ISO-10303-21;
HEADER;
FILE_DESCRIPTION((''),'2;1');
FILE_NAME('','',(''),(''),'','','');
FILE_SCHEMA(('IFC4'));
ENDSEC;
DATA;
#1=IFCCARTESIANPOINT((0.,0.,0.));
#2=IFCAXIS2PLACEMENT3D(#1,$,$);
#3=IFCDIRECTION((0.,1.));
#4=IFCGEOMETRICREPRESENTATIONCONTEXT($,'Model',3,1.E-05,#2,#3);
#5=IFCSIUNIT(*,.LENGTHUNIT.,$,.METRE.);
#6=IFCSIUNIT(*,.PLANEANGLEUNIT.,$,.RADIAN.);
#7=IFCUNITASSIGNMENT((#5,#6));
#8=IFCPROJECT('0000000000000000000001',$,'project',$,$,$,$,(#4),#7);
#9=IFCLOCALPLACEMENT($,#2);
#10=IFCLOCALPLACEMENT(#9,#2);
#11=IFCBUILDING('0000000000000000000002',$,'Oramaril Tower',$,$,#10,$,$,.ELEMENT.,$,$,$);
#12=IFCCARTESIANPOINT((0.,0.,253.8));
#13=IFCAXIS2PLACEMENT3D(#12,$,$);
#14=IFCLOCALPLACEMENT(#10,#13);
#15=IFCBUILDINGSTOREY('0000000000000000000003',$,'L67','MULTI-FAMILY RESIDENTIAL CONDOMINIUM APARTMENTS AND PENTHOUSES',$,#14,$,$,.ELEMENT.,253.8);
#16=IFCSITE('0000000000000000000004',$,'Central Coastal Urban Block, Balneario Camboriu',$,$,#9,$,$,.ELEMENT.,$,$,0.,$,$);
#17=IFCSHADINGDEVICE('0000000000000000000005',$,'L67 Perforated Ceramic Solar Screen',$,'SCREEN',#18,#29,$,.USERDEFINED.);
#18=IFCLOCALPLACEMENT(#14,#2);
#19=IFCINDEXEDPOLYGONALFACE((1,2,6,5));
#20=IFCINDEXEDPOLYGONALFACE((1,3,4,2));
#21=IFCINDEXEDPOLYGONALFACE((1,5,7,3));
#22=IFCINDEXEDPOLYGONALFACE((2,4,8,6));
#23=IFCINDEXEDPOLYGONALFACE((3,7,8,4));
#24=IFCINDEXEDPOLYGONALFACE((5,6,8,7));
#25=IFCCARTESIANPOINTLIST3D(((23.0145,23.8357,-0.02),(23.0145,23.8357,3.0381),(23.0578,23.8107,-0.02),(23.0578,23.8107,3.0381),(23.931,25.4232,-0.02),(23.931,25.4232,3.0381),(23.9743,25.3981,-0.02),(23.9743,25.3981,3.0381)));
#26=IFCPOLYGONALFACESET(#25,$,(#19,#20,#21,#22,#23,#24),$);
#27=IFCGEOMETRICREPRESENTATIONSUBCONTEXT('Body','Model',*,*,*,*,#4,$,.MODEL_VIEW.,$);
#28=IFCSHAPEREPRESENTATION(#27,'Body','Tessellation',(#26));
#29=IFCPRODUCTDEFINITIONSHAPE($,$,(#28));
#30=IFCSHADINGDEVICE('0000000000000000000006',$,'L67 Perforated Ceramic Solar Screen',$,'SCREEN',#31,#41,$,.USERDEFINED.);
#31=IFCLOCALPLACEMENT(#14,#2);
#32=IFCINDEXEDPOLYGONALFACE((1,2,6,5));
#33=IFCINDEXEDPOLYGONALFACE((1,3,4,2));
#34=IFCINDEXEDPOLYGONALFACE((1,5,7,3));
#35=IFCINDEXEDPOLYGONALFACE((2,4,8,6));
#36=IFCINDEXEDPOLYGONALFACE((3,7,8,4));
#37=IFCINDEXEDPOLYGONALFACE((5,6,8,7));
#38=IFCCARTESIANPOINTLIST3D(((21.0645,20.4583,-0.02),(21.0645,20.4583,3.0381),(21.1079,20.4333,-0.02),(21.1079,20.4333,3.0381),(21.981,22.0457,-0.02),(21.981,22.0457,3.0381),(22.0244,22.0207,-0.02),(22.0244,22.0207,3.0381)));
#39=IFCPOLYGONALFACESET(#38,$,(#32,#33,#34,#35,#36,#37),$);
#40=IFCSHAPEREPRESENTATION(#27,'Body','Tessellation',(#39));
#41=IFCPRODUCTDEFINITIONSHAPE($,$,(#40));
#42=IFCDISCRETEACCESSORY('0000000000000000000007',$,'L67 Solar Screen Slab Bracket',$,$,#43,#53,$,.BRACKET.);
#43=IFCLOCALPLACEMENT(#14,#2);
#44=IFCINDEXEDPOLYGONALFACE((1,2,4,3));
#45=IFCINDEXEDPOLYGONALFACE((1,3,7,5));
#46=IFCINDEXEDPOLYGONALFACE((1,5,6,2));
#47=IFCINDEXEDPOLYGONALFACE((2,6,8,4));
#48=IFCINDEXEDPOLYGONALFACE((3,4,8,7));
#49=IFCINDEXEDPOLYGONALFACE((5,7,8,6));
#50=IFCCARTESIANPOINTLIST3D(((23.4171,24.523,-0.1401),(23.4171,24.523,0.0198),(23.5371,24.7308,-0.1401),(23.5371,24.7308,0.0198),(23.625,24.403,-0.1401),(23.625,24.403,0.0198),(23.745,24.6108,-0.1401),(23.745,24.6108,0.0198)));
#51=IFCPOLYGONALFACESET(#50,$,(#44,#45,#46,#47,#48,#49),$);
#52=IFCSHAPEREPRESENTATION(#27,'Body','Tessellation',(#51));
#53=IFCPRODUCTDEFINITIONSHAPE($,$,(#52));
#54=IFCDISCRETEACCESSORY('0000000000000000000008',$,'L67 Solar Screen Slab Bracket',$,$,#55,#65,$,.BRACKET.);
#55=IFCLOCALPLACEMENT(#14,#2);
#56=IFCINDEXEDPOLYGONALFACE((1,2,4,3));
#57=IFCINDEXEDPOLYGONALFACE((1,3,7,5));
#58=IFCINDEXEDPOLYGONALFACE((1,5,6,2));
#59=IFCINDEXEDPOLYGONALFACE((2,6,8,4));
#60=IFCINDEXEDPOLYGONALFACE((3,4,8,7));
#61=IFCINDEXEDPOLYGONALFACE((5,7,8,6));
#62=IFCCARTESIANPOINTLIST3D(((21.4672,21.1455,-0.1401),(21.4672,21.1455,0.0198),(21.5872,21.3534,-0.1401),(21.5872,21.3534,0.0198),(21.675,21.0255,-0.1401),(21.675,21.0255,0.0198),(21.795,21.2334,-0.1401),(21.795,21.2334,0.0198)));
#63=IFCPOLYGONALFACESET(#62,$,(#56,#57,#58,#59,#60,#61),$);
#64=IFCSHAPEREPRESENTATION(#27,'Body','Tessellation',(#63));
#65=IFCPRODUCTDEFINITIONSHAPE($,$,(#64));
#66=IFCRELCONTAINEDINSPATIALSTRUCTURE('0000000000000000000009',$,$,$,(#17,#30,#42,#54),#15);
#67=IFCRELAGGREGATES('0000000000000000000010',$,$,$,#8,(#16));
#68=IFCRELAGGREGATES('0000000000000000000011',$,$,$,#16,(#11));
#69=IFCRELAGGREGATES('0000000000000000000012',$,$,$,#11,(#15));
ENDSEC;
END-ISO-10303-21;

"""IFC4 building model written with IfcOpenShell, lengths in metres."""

from ifc_helpers import new_model, si_unit, direction, frame, origin, origin_2d, place, context, subcontext, project, spatial, rectangle, extrude, element, save


model = new_model("IFC4")

# Units and contexts
model_context = context("Model", 3, precision=1e-05, world=origin(), true_north=direction((0.0, 1.0)))
body_context = subcontext(model_context, "Body", "Model", "MODEL_VIEW")
ifc_project = project(units=[si_unit("LENGTHUNIT", "METRE"), si_unit("PLANEANGLEUNIT", "RADIAN")], contexts=[model_context])

# Site, building, storey
site_placement = place(None, origin())
site = spatial("IfcSite", under=ifc_project, at=site_placement, Name="Central Coastal Urban Block, Balneario Camboriu", CompositionType="ELEMENT", RefElevation=0.0)
building_placement = place(site_placement, origin())
building = spatial("IfcBuilding", under=site, at=building_placement, Name="Oramaril Tower", CompositionType="ELEMENT")
storey_placement = place(building_placement, frame((0.0, 0.0, 253.8)))
storey = spatial("IfcBuildingStorey", under=building, at=storey_placement, Name="L67", Description="MULTI-FAMILY RESIDENTIAL CONDOMINIUM APARTMENTS AND PENTHOUSES", CompositionType="ELEMENT", Elevation=253.8)

# Shading devices
for number, where, z_axis, x_axis, name in (
    (1, (23.4944, 24.6169, -0.02), (0.0, 0.0, 1.0), (-0.500002, -0.866025, 0.0), "L67 Perforated Ceramic Solar Screen"),
    (2, (21.5444, 21.2395, -0.02), (0.0, 0.0, 1.0), (-0.500002, -0.866025, 0.0), "L67 Perforated Ceramic Solar Screen"),
):
    element("IfcShadingDevice", number, at=place(storey_placement, frame(where, z_axis=z_axis, x_axis=x_axis)), inside=storey, Name=name, ObjectType="SCREEN", PredefinedType="USERDEFINED", context=body_context, shape_type="SweptSolid", body=[
        extrude(rectangle(XDim=1.833, YDim=0.05, at=origin_2d()), origin(), (0.0, 0.0, 1.0), 3.0581),
    ])

# Discrete accessories
for number, where, z_axis, x_axis, name in (
    (3, (23.5811, 24.5669, -0.1401), (0.0, 0.0, 1.0), (-0.500002, -0.866025, 0.0), "L67 Solar Screen Slab Bracket"),
    (4, (21.6311, 21.1895, -0.1401), (0.0, 0.0, 1.0), (-0.500002, -0.866025, 0.0), "L67 Solar Screen Slab Bracket"),
):
    element("IfcDiscreteAccessory", number, at=place(storey_placement, frame(where, z_axis=z_axis, x_axis=x_axis)), inside=storey, Name=name, PredefinedType="BRACKET", context=body_context, shape_type="SweptSolid", body=[
        extrude(rectangle(XDim=0.24, YDim=0.24, at=origin_2d()), origin(), (0.0, 0.0, 1.0), 0.1599),
    ])

save(model, "model.ifc")
